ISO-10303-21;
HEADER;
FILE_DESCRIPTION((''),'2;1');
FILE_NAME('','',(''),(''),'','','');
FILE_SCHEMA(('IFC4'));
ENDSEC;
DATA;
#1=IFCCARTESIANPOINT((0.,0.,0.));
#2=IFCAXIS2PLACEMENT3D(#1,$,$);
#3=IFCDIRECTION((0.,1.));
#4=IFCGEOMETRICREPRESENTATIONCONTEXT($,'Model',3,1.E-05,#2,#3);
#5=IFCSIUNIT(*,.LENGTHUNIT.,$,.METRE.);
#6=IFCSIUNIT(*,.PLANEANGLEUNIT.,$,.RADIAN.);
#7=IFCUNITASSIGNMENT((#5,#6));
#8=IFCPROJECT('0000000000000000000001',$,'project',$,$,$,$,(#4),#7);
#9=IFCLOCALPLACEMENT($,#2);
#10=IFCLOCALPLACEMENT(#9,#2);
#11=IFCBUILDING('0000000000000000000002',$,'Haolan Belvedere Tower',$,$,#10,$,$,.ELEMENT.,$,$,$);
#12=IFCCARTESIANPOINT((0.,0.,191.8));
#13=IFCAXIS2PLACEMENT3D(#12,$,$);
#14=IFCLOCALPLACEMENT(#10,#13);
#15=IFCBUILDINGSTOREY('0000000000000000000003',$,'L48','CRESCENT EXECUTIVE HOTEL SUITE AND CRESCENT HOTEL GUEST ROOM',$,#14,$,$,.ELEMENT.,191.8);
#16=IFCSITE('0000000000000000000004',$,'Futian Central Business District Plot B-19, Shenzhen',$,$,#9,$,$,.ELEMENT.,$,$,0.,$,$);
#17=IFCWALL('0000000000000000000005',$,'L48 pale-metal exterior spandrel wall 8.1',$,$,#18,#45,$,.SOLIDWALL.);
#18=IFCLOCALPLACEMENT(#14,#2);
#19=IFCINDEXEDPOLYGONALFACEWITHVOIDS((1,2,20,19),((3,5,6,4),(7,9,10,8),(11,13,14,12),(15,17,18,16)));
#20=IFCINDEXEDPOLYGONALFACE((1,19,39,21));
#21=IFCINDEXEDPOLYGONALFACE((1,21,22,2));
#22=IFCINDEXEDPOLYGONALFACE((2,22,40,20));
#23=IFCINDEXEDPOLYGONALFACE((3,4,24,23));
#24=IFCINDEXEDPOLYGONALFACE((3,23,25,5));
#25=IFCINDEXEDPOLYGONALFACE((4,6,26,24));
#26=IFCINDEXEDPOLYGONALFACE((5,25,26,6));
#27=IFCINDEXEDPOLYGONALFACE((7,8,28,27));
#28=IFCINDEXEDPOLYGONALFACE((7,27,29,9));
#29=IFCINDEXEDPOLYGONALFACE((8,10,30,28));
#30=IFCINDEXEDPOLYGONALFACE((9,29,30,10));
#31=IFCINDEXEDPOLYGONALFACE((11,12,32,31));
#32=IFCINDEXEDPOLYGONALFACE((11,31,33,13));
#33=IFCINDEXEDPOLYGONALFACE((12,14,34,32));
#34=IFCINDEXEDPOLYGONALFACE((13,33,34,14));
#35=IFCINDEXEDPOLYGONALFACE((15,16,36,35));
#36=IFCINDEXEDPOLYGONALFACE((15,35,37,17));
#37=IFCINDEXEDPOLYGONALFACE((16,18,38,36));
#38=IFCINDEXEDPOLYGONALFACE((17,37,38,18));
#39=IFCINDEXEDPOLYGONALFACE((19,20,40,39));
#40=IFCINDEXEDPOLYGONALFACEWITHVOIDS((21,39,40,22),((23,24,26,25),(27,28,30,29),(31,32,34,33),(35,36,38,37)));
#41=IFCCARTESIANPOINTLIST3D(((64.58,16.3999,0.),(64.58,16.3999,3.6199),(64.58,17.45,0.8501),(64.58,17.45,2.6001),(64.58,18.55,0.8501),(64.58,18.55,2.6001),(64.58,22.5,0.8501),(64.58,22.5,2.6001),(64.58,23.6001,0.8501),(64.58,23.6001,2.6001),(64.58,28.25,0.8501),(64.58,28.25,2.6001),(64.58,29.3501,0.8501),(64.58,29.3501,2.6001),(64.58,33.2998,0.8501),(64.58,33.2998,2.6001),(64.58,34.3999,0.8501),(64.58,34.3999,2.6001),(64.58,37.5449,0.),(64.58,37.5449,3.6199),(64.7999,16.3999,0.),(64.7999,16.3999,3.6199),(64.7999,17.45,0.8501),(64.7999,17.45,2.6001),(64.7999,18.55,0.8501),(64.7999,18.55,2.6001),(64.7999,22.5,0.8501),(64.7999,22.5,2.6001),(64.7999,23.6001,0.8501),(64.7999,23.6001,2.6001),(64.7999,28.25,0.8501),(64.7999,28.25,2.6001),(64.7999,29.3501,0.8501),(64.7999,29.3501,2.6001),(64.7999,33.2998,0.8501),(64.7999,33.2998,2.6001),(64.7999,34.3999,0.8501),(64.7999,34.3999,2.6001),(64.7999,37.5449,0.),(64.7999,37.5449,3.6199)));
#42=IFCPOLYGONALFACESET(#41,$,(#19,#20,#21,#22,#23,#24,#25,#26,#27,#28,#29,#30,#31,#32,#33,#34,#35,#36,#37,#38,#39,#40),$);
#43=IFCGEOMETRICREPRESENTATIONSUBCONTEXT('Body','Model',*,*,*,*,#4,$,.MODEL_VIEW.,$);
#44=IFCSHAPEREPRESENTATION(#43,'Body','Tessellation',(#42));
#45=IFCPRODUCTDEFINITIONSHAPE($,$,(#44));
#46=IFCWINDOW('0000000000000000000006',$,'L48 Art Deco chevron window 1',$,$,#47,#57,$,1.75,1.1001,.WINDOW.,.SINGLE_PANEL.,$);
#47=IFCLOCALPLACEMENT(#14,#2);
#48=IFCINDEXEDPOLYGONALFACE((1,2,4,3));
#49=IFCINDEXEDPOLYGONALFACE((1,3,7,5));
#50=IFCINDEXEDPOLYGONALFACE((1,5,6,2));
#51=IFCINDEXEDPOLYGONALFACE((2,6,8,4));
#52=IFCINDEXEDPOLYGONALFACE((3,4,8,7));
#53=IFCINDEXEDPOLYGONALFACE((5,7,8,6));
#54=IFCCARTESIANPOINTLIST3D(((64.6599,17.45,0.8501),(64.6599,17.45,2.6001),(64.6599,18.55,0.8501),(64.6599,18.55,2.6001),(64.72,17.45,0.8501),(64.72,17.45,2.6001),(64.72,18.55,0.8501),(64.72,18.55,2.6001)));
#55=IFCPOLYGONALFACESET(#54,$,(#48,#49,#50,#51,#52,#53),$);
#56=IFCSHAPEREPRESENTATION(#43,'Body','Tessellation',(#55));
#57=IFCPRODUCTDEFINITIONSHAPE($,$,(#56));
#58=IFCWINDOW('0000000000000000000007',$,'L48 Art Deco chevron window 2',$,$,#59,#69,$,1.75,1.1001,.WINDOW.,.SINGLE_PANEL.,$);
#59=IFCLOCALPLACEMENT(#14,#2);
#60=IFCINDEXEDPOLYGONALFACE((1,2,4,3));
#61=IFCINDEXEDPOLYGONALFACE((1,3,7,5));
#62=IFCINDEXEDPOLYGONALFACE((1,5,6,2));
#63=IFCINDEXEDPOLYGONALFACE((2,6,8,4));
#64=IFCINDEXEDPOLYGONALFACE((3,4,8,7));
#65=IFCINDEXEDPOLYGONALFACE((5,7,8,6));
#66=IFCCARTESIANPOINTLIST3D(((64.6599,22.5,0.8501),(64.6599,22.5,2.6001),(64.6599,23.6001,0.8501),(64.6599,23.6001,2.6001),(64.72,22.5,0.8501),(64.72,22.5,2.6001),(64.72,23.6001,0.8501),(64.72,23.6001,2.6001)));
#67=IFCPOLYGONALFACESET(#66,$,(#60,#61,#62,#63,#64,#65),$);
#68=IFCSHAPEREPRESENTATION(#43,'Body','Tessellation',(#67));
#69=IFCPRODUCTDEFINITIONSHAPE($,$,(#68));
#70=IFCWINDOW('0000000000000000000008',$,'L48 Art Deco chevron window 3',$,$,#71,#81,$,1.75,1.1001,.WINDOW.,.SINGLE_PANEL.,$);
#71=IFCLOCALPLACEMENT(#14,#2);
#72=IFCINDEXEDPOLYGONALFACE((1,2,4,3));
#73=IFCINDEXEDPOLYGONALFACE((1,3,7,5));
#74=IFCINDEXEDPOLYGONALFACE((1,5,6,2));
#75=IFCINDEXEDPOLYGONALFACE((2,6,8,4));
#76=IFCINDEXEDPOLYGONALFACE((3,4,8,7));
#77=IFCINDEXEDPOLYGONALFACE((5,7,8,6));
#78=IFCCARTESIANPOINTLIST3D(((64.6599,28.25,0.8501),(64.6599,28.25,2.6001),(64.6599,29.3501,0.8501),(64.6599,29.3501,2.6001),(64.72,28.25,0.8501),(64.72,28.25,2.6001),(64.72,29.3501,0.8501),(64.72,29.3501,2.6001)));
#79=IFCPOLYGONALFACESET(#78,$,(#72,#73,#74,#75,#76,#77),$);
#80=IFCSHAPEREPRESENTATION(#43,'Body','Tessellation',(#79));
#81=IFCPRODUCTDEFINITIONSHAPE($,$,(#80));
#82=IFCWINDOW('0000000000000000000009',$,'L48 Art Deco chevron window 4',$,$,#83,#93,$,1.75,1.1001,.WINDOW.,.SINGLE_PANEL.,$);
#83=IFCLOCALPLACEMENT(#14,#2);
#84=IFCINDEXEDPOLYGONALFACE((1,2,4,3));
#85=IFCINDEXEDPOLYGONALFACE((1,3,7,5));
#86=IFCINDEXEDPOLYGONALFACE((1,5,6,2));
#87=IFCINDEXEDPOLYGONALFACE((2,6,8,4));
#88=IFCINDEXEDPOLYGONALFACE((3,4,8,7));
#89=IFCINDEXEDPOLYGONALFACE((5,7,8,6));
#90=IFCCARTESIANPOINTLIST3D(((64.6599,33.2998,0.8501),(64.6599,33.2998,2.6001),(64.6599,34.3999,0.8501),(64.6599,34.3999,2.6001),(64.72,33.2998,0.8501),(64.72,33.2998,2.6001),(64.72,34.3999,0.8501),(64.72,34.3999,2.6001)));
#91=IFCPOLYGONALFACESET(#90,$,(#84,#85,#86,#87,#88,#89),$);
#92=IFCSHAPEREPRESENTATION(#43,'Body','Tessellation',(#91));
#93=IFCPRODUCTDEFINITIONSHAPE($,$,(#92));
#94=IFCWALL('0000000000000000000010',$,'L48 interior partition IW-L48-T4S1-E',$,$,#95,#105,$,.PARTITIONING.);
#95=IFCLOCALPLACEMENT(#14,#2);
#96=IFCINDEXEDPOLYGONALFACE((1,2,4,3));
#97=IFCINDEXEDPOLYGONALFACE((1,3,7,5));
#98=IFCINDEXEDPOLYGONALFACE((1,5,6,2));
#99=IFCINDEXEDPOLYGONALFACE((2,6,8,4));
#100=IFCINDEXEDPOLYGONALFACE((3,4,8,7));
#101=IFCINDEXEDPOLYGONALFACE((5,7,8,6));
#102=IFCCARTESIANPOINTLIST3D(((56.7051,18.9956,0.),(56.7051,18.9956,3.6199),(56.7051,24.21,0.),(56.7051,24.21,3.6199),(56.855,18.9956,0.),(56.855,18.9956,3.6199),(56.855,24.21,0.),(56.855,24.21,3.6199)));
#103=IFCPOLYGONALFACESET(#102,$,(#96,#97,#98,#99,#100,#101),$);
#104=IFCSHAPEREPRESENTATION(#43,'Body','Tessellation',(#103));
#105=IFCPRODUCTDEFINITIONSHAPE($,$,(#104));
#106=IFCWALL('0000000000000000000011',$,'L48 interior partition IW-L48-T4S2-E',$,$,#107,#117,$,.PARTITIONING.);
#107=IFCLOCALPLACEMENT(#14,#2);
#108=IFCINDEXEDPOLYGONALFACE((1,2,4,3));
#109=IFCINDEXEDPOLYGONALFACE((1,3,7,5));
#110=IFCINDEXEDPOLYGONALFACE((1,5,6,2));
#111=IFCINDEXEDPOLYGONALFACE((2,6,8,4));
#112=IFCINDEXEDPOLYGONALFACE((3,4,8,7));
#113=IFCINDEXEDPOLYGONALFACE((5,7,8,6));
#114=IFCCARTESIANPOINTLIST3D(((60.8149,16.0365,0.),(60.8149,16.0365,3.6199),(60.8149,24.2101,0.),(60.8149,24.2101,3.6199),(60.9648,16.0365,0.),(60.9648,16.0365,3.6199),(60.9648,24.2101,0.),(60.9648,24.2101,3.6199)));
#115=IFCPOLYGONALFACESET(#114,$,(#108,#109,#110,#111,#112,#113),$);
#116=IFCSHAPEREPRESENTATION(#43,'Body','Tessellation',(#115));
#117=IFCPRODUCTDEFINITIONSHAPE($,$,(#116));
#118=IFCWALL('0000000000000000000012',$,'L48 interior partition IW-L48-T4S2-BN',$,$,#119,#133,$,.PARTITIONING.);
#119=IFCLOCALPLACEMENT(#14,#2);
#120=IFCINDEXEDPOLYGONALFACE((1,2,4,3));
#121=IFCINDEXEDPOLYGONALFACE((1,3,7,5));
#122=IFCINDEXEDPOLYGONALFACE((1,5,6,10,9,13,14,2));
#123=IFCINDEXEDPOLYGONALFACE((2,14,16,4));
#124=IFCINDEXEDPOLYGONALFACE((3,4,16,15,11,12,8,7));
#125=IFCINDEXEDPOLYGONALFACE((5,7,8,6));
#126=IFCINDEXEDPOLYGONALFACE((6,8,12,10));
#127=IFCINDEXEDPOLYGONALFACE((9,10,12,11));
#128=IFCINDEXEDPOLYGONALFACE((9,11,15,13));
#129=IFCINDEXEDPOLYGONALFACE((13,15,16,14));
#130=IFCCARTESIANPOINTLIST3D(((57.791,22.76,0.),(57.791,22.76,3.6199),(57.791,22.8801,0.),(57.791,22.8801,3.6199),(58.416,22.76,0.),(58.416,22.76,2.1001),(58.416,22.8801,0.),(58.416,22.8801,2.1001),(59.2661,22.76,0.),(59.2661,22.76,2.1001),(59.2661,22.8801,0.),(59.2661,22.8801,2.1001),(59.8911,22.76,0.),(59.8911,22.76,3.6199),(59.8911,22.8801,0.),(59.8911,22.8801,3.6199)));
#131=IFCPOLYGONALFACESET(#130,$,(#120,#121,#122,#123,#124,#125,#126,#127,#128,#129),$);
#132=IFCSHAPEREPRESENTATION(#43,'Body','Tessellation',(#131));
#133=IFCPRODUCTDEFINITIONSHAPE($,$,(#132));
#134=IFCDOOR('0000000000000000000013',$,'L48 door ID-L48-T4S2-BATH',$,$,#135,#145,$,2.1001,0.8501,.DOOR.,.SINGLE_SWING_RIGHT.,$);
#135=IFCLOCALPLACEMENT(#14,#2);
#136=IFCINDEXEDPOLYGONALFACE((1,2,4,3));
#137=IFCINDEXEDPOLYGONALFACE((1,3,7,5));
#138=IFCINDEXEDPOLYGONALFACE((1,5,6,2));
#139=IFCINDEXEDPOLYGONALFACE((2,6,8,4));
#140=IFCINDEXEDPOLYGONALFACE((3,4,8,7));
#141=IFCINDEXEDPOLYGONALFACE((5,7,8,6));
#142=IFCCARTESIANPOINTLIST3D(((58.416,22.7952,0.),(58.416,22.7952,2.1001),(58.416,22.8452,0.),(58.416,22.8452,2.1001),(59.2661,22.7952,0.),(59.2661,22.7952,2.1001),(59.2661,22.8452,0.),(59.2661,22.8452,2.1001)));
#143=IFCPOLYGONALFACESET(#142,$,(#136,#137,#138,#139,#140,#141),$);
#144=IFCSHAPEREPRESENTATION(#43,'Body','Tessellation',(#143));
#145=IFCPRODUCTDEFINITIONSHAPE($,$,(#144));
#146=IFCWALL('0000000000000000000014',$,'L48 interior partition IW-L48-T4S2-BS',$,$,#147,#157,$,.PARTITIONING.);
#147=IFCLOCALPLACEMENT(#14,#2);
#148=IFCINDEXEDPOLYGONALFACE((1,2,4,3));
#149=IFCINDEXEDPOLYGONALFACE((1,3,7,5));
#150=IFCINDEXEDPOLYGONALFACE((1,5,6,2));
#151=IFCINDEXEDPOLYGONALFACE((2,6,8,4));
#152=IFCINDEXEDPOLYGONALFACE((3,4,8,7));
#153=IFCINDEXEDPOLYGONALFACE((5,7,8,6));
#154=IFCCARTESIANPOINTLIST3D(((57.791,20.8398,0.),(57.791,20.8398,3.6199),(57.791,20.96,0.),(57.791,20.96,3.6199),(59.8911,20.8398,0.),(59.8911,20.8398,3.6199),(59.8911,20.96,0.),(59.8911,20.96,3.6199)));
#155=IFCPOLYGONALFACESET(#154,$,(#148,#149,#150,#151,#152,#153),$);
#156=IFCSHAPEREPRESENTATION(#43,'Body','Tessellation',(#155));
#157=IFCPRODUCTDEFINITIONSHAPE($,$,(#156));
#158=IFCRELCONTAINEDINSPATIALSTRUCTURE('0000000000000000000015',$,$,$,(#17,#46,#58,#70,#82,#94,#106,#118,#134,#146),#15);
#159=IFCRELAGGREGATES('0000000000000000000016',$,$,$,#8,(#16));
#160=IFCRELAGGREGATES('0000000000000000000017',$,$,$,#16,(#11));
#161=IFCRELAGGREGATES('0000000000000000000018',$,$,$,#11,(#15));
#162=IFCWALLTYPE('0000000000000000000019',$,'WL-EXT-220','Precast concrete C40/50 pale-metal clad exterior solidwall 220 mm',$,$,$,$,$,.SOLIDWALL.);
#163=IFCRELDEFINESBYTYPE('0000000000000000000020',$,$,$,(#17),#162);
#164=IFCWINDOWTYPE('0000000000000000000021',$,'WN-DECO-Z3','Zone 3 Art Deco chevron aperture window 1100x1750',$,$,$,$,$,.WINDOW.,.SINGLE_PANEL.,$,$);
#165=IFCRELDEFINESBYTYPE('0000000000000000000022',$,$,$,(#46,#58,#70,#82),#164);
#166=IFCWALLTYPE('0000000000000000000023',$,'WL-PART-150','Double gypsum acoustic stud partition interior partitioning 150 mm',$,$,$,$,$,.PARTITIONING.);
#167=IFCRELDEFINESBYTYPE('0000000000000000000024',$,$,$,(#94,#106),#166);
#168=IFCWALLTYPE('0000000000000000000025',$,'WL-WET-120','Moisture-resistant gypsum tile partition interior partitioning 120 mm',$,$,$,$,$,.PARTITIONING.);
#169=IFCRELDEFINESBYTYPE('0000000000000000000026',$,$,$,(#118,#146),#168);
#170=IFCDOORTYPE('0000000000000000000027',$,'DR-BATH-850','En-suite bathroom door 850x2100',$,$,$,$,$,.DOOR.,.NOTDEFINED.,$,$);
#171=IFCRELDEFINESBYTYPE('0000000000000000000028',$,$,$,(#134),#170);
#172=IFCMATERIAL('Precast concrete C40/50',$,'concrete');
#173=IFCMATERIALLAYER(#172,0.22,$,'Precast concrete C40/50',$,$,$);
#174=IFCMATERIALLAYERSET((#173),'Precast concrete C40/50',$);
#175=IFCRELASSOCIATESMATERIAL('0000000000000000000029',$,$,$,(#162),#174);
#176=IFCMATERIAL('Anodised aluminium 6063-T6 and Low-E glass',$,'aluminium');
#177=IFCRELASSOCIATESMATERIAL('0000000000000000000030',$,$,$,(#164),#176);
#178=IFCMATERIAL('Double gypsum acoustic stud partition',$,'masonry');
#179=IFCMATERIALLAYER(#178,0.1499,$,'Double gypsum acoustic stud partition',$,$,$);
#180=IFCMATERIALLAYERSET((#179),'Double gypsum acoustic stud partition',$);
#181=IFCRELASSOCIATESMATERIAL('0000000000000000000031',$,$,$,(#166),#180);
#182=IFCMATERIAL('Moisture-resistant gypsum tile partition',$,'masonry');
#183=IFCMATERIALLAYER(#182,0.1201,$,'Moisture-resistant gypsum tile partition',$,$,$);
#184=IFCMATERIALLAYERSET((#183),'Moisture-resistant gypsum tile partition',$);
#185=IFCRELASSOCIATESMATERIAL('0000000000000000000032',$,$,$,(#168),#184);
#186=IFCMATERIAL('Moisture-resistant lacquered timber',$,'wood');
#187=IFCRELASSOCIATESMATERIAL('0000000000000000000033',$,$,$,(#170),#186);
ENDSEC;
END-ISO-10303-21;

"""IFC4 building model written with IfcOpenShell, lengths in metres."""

from ifc_helpers import new_model, si_unit, direction, frame, frame_2d, origin, place, context, subcontext, project, spatial, rectangle, extrude, material, layer, layer_set, type_object, element, fill, save


model = new_model("IFC4")

# Units and contexts
model_context = context("Model", 3, precision=1e-05, world=origin(), true_north=direction((0.0, 1.0)))
body_context = subcontext(model_context, "Body", "Model", "MODEL_VIEW")
ifc_project = project(units=[si_unit("LENGTHUNIT", "METRE"), si_unit("PLANEANGLEUNIT", "RADIAN")], contexts=[model_context])

# Site, building, storey
site_placement = place(None, origin())
site = spatial("IfcSite", under=ifc_project, at=site_placement, Name="Futian Central Business District Plot B-19, Shenzhen", CompositionType="ELEMENT", RefElevation=0.0)
building_placement = place(site_placement, origin())
building = spatial("IfcBuilding", under=site, at=building_placement, Name="Haolan Belvedere Tower", CompositionType="ELEMENT")
storey_placement = place(building_placement, frame((0.0, 0.0, 191.8)))
storey = spatial("IfcBuildingStorey", under=building, at=storey_placement, Name="L48", Description="CRESCENT EXECUTIVE HOTEL SUITE AND CRESCENT HOTEL GUEST ROOM", CompositionType="ELEMENT", Elevation=191.8)

# Shared definitions
ifc_material_1 = material(Name="Precast concrete C40/50", Category="concrete")
ifc_layer_1 = layer(ifc_material_1, 0.22, Name="Precast concrete C40/50")
ifc_layer_set_1 = layer_set([ifc_layer_1], Name="Precast concrete C40/50")
wall_type_1 = type_object("IfcWallType", Name="WL-EXT-220", Description="Precast concrete C40/50 pale-metal clad exterior solidwall 220 mm", PredefinedType="SOLIDWALL", material=ifc_layer_set_1)
ifc_material_2 = material(Name="Anodised aluminium 6063-T6 and Low-E glass", Category="aluminium")
window_type = type_object("IfcWindowType", Name="WN-DECO-Z3", Description="Zone 3 Art Deco chevron aperture window 1100x1750", PartitioningType="SINGLE_PANEL", PredefinedType="WINDOW", material=ifc_material_2)

# Wall, openings, windows
wall_1_placement = place(storey_placement, frame((64.6899, 16.3999, 0.0), z_axis=(0.0, 0.0, 1.0), x_axis=(0.0, 1.0, 0.0)))
wall_1 = element("IfcWall", 1, at=wall_1_placement, inside=storey, type_object=wall_type_1, Name="L48 pale-metal exterior spandrel wall 8.1", PredefinedType="SOLIDWALL", context=body_context, shape_type="SweptSolid", body=[
    extrude(rectangle(XDim=21.145, YDim=0.22, at=frame_2d((10.5725, 0.0))), origin(), (0.0, 0.0, 1.0), 3.6199),
])
opening_1_placement = place(wall_1_placement, frame((1.05, 0.0, 0.8501)))
opening_1 = element("IfcOpeningElement", 2, at=opening_1_placement, cuts=wall_1, PredefinedType="OPENING", context=body_context, shape_type="SweptSolid", body=[
    extrude(rectangle(XDim=1.1001, YDim=1.75, at=frame_2d((0.55, 0.875))), frame((0.0, 0.1199, 0.0), z_axis=(0.0, -1.0, 0.0), x_axis=(1.0, 0.0, 0.0)), (0.0, 0.0, 1.0), 0.24),
])
opening_2_placement = place(wall_1_placement, frame((6.1001, 0.0, 0.8501)))
opening_2 = element("IfcOpeningElement", 3, at=opening_2_placement, cuts=wall_1, PredefinedType="OPENING", context=body_context, shape_type="SweptSolid", body=[
    extrude(rectangle(XDim=1.1001, YDim=1.75, at=frame_2d((0.55, 0.875))), frame((0.0, 0.1199, 0.0), z_axis=(0.0, -1.0, 0.0), x_axis=(1.0, 0.0, 0.0)), (0.0, 0.0, 1.0), 0.24),
])
opening_3_placement = place(wall_1_placement, frame((11.8501, 0.0, 0.8501)))
opening_3 = element("IfcOpeningElement", 4, at=opening_3_placement, cuts=wall_1, PredefinedType="OPENING", context=body_context, shape_type="SweptSolid", body=[
    extrude(rectangle(XDim=1.1001, YDim=1.75, at=frame_2d((0.55, 0.875))), frame((0.0, 0.1199, 0.0), z_axis=(0.0, -1.0, 0.0), x_axis=(1.0, 0.0, 0.0)), (0.0, 0.0, 1.0), 0.24),
])
opening_4_placement = place(wall_1_placement, frame((16.8999, 0.0, 0.8501)))
opening_4 = element("IfcOpeningElement", 5, at=opening_4_placement, cuts=wall_1, PredefinedType="OPENING", context=body_context, shape_type="SweptSolid", body=[
    extrude(rectangle(XDim=1.1001, YDim=1.75, at=frame_2d((0.55, 0.875))), frame((0.0, 0.1199, 0.0), z_axis=(0.0, -1.0, 0.0), x_axis=(1.0, 0.0, 0.0)), (0.0, 0.0, 1.0), 0.24),
])
window_1_placement = place(opening_1_placement, origin())
window_1 = element("IfcWindow", 6, at=window_1_placement, inside=storey, type_object=window_type, Name="L48 Art Deco chevron window 1", OverallHeight=1.75, OverallWidth=1.1001, PartitioningType="SINGLE_PANEL", PredefinedType="WINDOW", context=body_context, shape_type="SweptSolid", body=[
    extrude(rectangle(XDim=1.1001, YDim=1.75, at=frame_2d((0.55, 0.875))), frame((0.0, 0.03, 0.0), z_axis=(0.0, -1.0, 0.0), x_axis=(1.0, 0.0, 0.0)), (0.0, 0.0, 1.0), 0.0601),
])
fill(opening_1, window_1)
window_2_placement = place(opening_2_placement, origin())
window_2 = element("IfcWindow", 7, at=window_2_placement, inside=storey, type_object=window_type, Name="L48 Art Deco chevron window 2", OverallHeight=1.75, OverallWidth=1.1001, PartitioningType="SINGLE_PANEL", PredefinedType="WINDOW", context=body_context, shape_type="SweptSolid", body=[
    extrude(rectangle(XDim=1.1001, YDim=1.75, at=frame_2d((0.55, 0.875))), frame((0.0, 0.03, 0.0), z_axis=(0.0, -1.0, 0.0), x_axis=(1.0, 0.0, 0.0)), (0.0, 0.0, 1.0), 0.0601),
])
fill(opening_2, window_2)
window_3_placement = place(opening_3_placement, origin())
window_3 = element("IfcWindow", 8, at=window_3_placement, inside=storey, type_object=window_type, Name="L48 Art Deco chevron window 3", OverallHeight=1.75, OverallWidth=1.1001, PartitioningType="SINGLE_PANEL", PredefinedType="WINDOW", context=body_context, shape_type="SweptSolid", body=[
    extrude(rectangle(XDim=1.1001, YDim=1.75, at=frame_2d((0.55, 0.875))), frame((0.0, 0.03, 0.0), z_axis=(0.0, -1.0, 0.0), x_axis=(1.0, 0.0, 0.0)), (0.0, 0.0, 1.0), 0.0601),
])
fill(opening_3, window_3)
window_4_placement = place(opening_4_placement, origin())
window_4 = element("IfcWindow", 9, at=window_4_placement, inside=storey, type_object=window_type, Name="L48 Art Deco chevron window 4", OverallHeight=1.75, OverallWidth=1.1001, PartitioningType="SINGLE_PANEL", PredefinedType="WINDOW", context=body_context, shape_type="SweptSolid", body=[
    extrude(rectangle(XDim=1.1001, YDim=1.75, at=frame_2d((0.55, 0.875))), frame((0.0, 0.03, 0.0), z_axis=(0.0, -1.0, 0.0), x_axis=(1.0, 0.0, 0.0)), (0.0, 0.0, 1.0), 0.0601),
])
fill(opening_4, window_4)

# Walls
ifc_material_3 = material(Name="Double gypsum acoustic stud partition", Category="masonry")
ifc_layer_2 = layer(ifc_material_3, 0.1499, Name="Double gypsum acoustic stud partition")
ifc_layer_set_2 = layer_set([ifc_layer_2], Name="Double gypsum acoustic stud partition")
wall_type_2 = type_object("IfcWallType", Name="WL-PART-150", Description="Double gypsum acoustic stud partition interior partitioning 150 mm", PredefinedType="PARTITIONING", material=ifc_layer_set_2)
wall_2_placement = place(storey_placement, frame((56.78, 18.9956, 0.0), z_axis=(0.0, 0.0, 1.0), x_axis=(0.0, 1.0, 0.0)))
element("IfcWall", 10, at=wall_2_placement, inside=storey, type_object=wall_type_2, Name="L48 interior partition IW-L48-T4S1-E", PredefinedType="PARTITIONING", context=body_context, shape_type="SweptSolid", body=[
    extrude(rectangle(XDim=5.2144, YDim=0.1499, at=frame_2d((2.6072, 0.0))), origin(), (0.0, 0.0, 1.0), 3.6199),
])
wall_3_placement = place(storey_placement, frame((60.8899, 16.0364, 0.0), z_axis=(0.0, 0.0, 1.0), x_axis=(0.0, 1.0, 0.0)))
element("IfcWall", 11, at=wall_3_placement, inside=storey, type_object=wall_type_2, Name="L48 interior partition IW-L48-T4S2-E", PredefinedType="PARTITIONING", context=body_context, shape_type="SweptSolid", body=[
    extrude(rectangle(XDim=8.1736, YDim=0.1499, at=frame_2d((4.0869, 0.0))), origin(), (0.0, 0.0, 1.0), 3.6199),
])

# Wall, opening, door
ifc_material_4 = material(Name="Moisture-resistant gypsum tile partition", Category="masonry")
ifc_layer_3 = layer(ifc_material_4, 0.1201, Name="Moisture-resistant gypsum tile partition")
ifc_layer_set_3 = layer_set([ifc_layer_3], Name="Moisture-resistant gypsum tile partition")
wall_type_3 = type_object("IfcWallType", Name="WL-WET-120", Description="Moisture-resistant gypsum tile partition interior partitioning 120 mm", PredefinedType="PARTITIONING", material=ifc_layer_set_3)
wall_4_placement = place(storey_placement, frame((57.791, 22.8201, 0.0), z_axis=(0.0, 0.0, 1.0), x_axis=(1.0, 0.0, 0.0)))
wall_4 = element("IfcWall", 12, at=wall_4_placement, inside=storey, type_object=wall_type_3, Name="L48 interior partition IW-L48-T4S2-BN", PredefinedType="PARTITIONING", context=body_context, shape_type="SweptSolid", body=[
    extrude(rectangle(XDim=2.1001, YDim=0.1201, at=frame_2d((1.05, 0.0))), origin(), (0.0, 0.0, 1.0), 3.6199),
])
opening_5_placement = place(wall_4_placement, frame((1.4751, 0.0, 0.0), z_axis=(0.0, 0.0, 1.0), x_axis=(-1.0, 0.0, 0.0)))
opening_5 = element("IfcOpeningElement", 13, at=opening_5_placement, cuts=wall_4, PredefinedType="OPENING", context=body_context, shape_type="SweptSolid", body=[
    extrude(rectangle(XDim=0.8501, YDim=2.1001, at=frame_2d((0.425, 1.05))), frame((0.0, 0.0701, 0.0), z_axis=(0.0, -1.0, 0.0), x_axis=(1.0, 0.0, 0.0)), (0.0, 0.0, 1.0), 0.1401),
])
ifc_material_5 = material(Name="Moisture-resistant lacquered timber", Category="wood")
door_type = type_object("IfcDoorType", Name="DR-BATH-850", Description="En-suite bathroom door 850x2100", OperationType="NOTDEFINED", PredefinedType="DOOR", material=ifc_material_5)
door_placement = place(opening_5_placement, origin())
door = element("IfcDoor", 14, at=door_placement, inside=storey, type_object=door_type, Name="L48 door ID-L48-T4S2-BATH", OperationType="SINGLE_SWING_RIGHT", OverallHeight=2.1001, OverallWidth=0.8501, PredefinedType="DOOR", context=body_context, shape_type="SweptSolid", body=[
    extrude(rectangle(XDim=0.8501, YDim=2.1001, at=frame_2d((0.425, 1.05))), frame((0.0, 0.0249, 0.0), z_axis=(0.0, -1.0, 0.0), x_axis=(1.0, 0.0, 0.0)), (0.0, 0.0, 1.0), 0.05),
])
fill(opening_5, door)

# Wall
wall_5_placement = place(storey_placement, frame((57.791, 20.8999, 0.0), z_axis=(0.0, 0.0, 1.0), x_axis=(1.0, 0.0, 0.0)))
element("IfcWall", 15, at=wall_5_placement, inside=storey, type_object=wall_type_3, Name="L48 interior partition IW-L48-T4S2-BS", PredefinedType="PARTITIONING", context=body_context, shape_type="SweptSolid", body=[
    extrude(rectangle(XDim=2.1001, YDim=0.1201, at=frame_2d((1.05, 0.0))), origin(), (0.0, 0.0, 1.0), 3.6199),
])

save(model, "model.ifc")
